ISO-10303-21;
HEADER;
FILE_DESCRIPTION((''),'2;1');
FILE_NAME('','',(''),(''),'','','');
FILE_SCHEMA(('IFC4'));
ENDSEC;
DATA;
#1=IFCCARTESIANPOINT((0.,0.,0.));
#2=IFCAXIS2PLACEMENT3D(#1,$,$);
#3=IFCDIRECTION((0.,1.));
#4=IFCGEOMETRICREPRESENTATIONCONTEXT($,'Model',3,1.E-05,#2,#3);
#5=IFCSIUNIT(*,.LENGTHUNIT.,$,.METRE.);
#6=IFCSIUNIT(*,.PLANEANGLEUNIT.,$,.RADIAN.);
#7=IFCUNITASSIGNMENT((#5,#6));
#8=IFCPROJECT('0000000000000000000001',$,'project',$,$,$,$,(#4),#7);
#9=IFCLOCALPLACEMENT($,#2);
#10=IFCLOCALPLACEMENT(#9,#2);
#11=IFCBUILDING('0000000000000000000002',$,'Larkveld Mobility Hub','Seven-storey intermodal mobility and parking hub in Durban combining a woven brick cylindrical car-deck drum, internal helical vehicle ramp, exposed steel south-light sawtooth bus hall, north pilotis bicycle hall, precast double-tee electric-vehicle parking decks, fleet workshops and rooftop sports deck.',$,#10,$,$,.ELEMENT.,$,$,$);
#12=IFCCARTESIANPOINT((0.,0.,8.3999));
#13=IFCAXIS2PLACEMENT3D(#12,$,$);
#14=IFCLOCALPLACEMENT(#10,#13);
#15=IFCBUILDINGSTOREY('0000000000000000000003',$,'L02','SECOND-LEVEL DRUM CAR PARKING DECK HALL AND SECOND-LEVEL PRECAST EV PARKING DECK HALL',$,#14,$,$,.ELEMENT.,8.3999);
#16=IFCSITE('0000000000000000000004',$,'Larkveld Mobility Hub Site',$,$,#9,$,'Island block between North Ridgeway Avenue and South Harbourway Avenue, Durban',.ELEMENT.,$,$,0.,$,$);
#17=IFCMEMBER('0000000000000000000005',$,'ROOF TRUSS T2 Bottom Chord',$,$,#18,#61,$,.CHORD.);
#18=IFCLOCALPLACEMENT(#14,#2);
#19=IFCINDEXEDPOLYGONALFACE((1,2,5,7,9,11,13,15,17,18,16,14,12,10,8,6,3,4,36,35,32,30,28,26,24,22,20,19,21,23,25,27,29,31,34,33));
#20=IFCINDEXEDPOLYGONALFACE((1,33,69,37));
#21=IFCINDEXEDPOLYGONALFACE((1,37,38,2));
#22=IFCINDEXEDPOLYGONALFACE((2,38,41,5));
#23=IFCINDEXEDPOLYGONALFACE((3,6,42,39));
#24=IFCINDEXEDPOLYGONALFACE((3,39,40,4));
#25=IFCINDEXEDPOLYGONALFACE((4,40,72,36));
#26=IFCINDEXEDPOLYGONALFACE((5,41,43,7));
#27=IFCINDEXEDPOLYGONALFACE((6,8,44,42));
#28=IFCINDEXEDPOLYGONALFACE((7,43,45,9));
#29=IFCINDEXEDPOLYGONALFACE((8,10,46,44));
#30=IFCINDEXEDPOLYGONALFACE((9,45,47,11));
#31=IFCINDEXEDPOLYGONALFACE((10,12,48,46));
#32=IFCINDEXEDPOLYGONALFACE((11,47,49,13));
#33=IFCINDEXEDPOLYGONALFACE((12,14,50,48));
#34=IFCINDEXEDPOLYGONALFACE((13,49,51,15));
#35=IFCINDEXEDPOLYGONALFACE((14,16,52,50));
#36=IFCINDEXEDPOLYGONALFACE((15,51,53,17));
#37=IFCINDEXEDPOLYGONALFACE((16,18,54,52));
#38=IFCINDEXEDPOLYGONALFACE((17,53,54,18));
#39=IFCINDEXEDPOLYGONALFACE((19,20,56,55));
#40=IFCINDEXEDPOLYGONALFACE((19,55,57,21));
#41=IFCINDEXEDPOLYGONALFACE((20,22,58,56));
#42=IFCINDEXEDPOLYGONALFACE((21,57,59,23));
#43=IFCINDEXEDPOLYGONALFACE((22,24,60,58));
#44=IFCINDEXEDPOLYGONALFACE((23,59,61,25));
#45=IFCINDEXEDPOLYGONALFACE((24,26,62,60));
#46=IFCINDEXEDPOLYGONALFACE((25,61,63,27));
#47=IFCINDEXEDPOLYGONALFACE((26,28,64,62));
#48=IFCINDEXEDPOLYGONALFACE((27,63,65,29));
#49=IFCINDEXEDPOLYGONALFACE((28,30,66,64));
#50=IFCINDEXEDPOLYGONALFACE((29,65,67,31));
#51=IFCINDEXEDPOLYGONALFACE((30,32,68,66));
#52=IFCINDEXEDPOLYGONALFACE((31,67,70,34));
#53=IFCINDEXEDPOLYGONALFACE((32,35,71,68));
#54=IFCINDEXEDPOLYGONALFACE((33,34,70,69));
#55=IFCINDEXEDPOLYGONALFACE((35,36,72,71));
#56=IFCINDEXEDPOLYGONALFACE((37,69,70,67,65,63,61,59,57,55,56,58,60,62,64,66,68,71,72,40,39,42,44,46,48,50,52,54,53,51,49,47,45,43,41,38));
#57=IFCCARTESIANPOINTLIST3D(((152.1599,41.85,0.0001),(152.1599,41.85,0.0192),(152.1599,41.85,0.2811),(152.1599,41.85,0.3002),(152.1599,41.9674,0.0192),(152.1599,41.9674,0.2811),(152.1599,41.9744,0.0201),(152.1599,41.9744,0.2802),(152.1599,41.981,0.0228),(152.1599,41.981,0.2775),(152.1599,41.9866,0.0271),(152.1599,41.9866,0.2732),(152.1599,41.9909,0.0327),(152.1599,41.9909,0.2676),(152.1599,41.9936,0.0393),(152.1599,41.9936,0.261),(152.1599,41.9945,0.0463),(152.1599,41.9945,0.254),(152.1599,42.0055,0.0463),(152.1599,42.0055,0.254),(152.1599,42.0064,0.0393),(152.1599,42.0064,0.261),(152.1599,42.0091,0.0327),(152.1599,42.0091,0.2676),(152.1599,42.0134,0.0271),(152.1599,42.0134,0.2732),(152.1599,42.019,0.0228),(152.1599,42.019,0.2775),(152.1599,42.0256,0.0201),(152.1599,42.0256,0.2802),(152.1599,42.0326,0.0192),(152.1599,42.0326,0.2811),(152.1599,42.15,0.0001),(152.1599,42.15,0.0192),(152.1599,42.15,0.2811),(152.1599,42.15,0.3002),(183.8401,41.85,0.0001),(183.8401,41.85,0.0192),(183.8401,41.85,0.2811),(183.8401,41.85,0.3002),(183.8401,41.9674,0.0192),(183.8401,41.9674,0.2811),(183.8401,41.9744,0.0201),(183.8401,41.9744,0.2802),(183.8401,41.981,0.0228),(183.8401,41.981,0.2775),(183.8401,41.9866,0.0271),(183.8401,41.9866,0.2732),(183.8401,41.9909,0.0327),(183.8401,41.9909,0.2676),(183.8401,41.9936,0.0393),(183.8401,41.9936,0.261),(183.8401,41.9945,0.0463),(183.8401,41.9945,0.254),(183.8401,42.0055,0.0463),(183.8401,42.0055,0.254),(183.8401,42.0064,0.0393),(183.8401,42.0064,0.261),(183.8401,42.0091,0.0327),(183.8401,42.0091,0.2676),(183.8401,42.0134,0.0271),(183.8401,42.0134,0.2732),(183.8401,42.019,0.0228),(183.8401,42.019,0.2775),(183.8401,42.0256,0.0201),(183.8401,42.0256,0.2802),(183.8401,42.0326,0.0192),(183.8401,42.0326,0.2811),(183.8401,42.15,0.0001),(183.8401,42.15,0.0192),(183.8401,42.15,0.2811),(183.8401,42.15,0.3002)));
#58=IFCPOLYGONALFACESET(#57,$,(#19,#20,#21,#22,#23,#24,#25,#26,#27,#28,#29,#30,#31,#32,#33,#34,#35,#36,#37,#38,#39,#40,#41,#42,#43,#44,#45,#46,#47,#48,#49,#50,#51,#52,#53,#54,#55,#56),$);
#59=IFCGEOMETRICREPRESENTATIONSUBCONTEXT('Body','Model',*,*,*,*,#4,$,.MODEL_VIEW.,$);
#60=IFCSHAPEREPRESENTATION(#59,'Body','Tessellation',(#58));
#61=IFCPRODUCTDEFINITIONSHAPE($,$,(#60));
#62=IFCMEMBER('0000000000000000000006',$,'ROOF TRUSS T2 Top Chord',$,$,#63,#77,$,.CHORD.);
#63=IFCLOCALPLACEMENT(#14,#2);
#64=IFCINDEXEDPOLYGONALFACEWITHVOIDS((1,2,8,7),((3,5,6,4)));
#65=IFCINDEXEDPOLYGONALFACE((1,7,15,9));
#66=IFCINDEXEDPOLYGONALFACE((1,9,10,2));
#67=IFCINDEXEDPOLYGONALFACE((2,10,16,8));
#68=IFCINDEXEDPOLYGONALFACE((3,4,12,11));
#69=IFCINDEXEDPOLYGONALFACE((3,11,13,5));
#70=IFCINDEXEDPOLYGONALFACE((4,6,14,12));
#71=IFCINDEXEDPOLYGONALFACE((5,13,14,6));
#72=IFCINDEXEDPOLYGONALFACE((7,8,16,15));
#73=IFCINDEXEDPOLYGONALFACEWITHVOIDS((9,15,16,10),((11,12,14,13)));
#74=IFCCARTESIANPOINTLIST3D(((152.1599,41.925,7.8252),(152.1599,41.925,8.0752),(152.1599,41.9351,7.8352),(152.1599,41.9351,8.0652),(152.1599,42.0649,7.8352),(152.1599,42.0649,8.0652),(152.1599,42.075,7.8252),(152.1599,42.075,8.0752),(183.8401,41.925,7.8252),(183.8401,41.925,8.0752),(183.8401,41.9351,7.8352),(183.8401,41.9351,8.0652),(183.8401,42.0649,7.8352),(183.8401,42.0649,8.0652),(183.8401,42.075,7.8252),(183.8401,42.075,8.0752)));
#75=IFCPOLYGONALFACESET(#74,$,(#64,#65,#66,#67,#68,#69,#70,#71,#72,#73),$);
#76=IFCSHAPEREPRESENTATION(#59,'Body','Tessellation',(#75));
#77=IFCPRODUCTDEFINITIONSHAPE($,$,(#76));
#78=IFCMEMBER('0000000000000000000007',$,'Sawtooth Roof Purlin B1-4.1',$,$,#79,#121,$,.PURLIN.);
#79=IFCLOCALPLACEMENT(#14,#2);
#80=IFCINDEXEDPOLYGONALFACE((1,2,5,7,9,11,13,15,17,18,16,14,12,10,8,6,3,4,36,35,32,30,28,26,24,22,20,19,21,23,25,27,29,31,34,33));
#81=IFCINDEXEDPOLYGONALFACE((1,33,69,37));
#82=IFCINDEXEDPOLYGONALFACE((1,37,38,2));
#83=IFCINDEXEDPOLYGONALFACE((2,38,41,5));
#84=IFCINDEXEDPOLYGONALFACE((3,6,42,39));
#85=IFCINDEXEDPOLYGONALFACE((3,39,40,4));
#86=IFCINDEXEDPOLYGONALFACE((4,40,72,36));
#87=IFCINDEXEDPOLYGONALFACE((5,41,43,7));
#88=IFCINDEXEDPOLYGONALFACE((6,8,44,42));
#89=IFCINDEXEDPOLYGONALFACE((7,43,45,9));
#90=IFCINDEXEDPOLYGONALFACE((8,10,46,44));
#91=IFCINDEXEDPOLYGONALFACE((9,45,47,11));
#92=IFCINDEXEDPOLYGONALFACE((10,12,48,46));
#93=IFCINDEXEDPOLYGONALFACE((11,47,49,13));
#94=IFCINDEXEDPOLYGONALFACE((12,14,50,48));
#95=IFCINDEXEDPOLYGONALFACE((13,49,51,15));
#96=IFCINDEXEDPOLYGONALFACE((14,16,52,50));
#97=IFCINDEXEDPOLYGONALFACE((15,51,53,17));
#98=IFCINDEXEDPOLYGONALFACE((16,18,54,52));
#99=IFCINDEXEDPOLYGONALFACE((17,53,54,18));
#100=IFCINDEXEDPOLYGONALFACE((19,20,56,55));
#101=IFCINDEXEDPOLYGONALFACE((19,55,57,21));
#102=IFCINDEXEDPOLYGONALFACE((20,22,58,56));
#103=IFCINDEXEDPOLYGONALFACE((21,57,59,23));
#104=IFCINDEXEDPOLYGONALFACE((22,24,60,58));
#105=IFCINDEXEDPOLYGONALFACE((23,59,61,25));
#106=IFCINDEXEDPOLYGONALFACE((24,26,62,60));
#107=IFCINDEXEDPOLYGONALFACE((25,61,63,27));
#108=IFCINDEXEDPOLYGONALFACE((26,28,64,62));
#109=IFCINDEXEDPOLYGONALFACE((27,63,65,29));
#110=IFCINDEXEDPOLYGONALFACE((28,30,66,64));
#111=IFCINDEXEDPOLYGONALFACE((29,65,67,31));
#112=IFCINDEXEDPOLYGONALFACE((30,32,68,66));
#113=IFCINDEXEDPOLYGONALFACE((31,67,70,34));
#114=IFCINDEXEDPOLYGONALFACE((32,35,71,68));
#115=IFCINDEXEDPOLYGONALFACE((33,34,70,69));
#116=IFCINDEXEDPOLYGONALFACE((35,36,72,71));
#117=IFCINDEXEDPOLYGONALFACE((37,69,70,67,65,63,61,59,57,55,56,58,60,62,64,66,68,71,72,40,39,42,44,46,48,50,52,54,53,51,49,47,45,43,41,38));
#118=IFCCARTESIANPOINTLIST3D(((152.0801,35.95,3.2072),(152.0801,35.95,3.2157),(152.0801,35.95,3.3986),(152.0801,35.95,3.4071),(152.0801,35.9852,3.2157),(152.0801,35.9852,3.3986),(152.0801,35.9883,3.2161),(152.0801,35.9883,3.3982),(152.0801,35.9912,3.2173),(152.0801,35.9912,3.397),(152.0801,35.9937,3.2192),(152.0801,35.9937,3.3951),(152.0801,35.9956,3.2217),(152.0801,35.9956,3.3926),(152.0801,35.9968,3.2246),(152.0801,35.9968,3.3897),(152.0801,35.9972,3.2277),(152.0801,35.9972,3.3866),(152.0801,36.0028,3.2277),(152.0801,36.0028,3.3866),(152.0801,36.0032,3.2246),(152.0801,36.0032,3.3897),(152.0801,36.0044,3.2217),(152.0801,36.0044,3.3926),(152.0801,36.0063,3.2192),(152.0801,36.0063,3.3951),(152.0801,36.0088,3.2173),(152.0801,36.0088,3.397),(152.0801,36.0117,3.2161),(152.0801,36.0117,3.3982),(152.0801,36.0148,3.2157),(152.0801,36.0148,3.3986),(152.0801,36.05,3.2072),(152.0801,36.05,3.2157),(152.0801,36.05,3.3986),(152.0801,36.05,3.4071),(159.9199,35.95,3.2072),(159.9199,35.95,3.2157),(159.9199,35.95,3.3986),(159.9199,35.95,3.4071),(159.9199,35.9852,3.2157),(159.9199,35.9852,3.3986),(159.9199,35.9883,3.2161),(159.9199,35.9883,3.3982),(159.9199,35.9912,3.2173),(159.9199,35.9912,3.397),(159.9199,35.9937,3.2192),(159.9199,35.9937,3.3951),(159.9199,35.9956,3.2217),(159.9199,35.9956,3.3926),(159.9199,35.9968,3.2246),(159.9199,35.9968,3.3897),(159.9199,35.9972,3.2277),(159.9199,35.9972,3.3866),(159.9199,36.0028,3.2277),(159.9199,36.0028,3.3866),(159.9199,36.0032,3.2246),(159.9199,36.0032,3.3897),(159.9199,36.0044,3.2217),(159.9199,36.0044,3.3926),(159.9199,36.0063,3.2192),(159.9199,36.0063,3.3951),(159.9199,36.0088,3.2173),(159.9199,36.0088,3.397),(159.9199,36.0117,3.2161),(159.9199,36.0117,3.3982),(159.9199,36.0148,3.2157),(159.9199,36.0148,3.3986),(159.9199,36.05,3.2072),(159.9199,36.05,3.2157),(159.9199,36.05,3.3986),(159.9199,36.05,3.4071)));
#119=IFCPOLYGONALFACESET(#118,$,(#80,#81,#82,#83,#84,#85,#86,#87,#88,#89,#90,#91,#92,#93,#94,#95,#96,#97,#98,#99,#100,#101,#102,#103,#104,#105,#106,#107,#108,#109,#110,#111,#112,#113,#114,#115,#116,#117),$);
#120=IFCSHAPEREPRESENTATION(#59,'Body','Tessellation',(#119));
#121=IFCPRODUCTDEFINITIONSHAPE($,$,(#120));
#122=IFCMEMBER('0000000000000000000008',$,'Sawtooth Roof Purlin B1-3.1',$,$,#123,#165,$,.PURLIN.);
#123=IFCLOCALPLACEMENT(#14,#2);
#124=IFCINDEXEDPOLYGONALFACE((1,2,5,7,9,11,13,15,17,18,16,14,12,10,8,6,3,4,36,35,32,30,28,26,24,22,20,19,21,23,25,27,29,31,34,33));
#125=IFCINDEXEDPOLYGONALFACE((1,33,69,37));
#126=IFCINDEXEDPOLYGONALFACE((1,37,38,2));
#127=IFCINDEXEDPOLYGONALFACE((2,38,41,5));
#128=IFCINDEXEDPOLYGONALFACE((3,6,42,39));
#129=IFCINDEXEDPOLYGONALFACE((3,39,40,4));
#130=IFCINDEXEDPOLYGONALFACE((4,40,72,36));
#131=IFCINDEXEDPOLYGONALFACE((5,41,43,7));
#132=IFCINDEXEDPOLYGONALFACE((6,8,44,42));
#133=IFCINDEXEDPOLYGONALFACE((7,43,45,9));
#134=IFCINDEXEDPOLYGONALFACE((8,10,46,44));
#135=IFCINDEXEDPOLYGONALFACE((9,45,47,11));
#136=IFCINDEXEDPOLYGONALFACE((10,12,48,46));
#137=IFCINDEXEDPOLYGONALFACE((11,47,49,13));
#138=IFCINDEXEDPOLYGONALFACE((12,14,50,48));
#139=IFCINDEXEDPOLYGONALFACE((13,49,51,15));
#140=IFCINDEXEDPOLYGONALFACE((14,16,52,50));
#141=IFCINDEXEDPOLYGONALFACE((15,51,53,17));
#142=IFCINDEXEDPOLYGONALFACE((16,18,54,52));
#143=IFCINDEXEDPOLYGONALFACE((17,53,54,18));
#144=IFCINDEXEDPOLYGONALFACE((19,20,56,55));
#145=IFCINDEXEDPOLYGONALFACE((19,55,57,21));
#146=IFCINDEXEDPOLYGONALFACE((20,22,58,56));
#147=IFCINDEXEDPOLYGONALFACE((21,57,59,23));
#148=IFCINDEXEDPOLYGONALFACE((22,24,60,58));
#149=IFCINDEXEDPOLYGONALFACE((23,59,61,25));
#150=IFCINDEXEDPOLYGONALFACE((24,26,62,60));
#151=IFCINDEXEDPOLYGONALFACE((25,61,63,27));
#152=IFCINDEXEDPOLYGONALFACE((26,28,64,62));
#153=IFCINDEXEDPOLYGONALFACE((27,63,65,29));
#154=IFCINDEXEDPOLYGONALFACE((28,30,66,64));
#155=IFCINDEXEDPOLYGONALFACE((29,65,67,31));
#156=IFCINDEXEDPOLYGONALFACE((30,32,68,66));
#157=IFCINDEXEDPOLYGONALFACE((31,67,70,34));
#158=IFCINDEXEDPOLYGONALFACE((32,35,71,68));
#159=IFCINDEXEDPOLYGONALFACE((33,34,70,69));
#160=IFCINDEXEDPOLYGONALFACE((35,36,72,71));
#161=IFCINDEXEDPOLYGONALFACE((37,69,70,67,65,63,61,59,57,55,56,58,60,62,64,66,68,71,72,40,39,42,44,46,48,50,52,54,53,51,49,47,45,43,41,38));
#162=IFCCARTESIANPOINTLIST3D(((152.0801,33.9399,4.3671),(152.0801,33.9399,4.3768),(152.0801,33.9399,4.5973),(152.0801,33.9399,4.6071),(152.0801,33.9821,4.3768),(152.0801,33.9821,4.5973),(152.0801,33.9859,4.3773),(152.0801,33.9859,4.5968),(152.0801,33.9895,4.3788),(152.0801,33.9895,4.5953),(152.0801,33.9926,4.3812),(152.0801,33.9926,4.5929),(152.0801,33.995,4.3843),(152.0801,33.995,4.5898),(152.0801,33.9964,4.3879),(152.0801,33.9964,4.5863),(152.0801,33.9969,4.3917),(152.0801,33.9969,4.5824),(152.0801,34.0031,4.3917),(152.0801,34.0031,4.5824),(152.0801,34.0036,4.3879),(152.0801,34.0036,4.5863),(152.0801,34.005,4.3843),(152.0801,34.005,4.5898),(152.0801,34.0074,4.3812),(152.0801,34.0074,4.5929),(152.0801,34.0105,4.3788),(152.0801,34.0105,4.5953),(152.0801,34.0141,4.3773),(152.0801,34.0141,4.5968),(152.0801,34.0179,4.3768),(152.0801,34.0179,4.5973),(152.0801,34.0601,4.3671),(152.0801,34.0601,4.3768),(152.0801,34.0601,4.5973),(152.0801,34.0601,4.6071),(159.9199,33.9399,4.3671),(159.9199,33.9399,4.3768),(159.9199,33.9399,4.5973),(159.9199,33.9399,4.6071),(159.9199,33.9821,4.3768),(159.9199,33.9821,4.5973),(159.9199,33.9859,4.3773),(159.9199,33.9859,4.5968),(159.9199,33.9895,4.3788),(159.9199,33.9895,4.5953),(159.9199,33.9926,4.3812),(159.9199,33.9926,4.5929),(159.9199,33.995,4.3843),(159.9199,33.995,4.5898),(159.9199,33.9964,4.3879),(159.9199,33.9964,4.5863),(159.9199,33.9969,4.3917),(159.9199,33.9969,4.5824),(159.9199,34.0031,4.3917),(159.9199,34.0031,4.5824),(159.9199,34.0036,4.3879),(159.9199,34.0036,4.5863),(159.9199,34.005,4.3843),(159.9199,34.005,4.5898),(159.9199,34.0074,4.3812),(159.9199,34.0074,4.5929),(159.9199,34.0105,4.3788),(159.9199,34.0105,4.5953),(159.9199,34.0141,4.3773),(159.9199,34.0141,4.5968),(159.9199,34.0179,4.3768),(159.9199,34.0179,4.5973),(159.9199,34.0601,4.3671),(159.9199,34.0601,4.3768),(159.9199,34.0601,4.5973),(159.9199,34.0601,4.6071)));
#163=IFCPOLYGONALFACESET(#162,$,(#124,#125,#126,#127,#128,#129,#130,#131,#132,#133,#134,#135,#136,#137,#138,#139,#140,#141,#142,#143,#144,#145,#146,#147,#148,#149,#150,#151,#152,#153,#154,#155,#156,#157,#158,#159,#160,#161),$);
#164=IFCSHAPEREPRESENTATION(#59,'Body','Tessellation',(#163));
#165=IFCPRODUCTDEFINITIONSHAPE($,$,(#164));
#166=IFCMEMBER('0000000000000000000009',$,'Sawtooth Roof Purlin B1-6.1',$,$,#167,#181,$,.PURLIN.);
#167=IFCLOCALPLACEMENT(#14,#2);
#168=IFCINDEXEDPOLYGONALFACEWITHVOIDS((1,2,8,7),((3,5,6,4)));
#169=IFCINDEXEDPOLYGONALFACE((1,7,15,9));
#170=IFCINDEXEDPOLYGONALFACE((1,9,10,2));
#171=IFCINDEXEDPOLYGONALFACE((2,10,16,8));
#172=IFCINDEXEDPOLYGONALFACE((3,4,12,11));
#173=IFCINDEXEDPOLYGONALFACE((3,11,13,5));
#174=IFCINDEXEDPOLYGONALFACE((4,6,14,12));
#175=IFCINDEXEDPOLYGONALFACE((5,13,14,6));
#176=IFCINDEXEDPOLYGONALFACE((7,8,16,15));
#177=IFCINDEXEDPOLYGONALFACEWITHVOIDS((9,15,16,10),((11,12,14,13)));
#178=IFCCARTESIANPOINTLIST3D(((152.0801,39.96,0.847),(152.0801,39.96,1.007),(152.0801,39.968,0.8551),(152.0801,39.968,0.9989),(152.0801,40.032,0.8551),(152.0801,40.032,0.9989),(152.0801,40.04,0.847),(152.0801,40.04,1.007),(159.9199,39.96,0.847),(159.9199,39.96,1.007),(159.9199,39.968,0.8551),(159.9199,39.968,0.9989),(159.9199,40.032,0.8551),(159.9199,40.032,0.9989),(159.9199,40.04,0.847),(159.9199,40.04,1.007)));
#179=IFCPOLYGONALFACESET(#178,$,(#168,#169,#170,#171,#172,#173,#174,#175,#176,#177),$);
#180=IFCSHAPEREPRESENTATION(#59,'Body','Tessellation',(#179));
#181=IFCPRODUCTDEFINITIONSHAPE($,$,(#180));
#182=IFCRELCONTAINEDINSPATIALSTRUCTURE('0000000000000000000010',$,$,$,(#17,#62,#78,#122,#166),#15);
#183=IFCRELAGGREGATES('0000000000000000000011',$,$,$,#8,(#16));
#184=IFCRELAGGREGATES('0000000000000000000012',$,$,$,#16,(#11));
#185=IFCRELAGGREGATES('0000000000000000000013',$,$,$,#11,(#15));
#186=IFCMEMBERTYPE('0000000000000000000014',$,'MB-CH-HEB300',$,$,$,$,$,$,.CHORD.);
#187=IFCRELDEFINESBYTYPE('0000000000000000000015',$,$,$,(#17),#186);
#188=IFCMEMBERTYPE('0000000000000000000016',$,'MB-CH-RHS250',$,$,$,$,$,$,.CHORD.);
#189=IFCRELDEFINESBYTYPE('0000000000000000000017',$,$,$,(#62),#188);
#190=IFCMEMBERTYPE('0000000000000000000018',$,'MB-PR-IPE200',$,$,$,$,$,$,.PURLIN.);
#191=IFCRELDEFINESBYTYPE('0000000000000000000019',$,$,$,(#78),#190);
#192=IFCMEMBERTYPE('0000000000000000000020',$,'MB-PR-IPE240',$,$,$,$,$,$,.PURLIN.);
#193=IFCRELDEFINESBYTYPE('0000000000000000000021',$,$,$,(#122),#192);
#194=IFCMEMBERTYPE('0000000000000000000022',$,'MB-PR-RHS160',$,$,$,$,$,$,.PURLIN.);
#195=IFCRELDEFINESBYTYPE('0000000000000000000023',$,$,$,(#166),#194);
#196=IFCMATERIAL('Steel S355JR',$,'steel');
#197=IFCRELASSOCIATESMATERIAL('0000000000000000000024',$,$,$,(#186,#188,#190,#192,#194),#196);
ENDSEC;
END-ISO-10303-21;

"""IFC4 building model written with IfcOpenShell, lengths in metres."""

from ifc_helpers import new_model, si_unit, direction, frame, origin, origin_2d, place, context, subcontext, project, spatial, hollow_rectangle, i_section, extrude, material, material_profile, profile_set, type_object, element, save


model = new_model("IFC4")

# Units and contexts
model_context = context("Model", 3, precision=1e-05, world=origin(), true_north=direction((0.0, 1.0)))
body_context = subcontext(model_context, "Body", "Model", "MODEL_VIEW")
ifc_project = project(units=[si_unit("LENGTHUNIT", "METRE"), si_unit("PLANEANGLEUNIT", "RADIAN")], contexts=[model_context])

# Site, building, storey
site_placement = place(None, origin())
site = spatial("IfcSite", under=ifc_project, at=site_placement, Name="Larkveld Mobility Hub Site", LongName="Island block between North Ridgeway Avenue and South Harbourway Avenue, Durban", CompositionType="ELEMENT", RefElevation=0.0)
building_placement = place(site_placement, origin())
building = spatial("IfcBuilding", under=site, at=building_placement, Name="Larkveld Mobility Hub", Description="Seven-storey intermodal mobility and parking hub in Durban combining a woven brick cylindrical car-deck drum, internal helical vehicle ramp, exposed steel south-light sawtooth bus hall, north pilotis bicycle hall, precast double-tee electric-vehicle parking decks, fleet workshops and rooftop sports deck.", CompositionType="ELEMENT")
storey_placement = place(building_placement, frame((0.0, 0.0, 8.3999)))
storey = spatial("IfcBuildingStorey", under=building, at=storey_placement, Name="L02", Description="SECOND-LEVEL DRUM CAR PARKING DECK HALL AND SECOND-LEVEL PRECAST EV PARKING DECK HALL", CompositionType="ELEMENT", Elevation=8.3999)

# Shared definitions
ifc_material_1 = material(Name="Steel S355JR", Category="steel")

# Members
ifc_material_profile_1 = material_profile(ifc_material_1, i_section(OverallWidth=0.3, OverallDepth=0.3, WebThickness=0.011, FlangeThickness=0.019, FilletRadius=0.0271, at=origin_2d()), Name="HEB 300")
ifc_profile_set_1 = profile_set([ifc_material_profile_1], Name="Steel S355JR")
member_type_1 = type_object("IfcMemberType", Name="MB-CH-HEB300", PredefinedType="CHORD", material=ifc_profile_set_1)
member_1_placement = place(storey_placement, frame((152.1599, 42.0, 0.1501), z_axis=(1.0, 0.0, 0.0), x_axis=(0.0, 1.0, 0.0)))
element("IfcMember", 1, at=member_1_placement, inside=storey, type_object=member_type_1, Name="ROOF TRUSS T2 Bottom Chord", PredefinedType="CHORD", context=body_context, shape_type="SweptSolid", body=[
    extrude(i_section(OverallWidth=0.3, OverallDepth=0.3, WebThickness=0.011, FlangeThickness=0.019, FilletRadius=0.0271, at=origin_2d()), origin(), (0.0, 0.0, 1.0), 31.6802),
])
ifc_material_profile_2 = material_profile(ifc_material_1, hollow_rectangle(XDim=0.1499, YDim=0.25, WallThickness=0.01, at=origin_2d()), Name="RHS 250x150x10")
ifc_profile_set_2 = profile_set([ifc_material_profile_2], Name="Steel S355JR")
member_type_2 = type_object("IfcMemberType", Name="MB-CH-RHS250", PredefinedType="CHORD", material=ifc_profile_set_2)
member_2_placement = place(storey_placement, frame((152.1599, 42.0, 7.9502), z_axis=(1.0, 0.0, 0.0), x_axis=(0.0, 1.0, 0.0)))
element("IfcMember", 2, at=member_2_placement, inside=storey, type_object=member_type_2, Name="ROOF TRUSS T2 Top Chord", PredefinedType="CHORD", context=body_context, shape_type="SweptSolid", body=[
    extrude(hollow_rectangle(XDim=0.1499, YDim=0.25, WallThickness=0.01, at=origin_2d()), origin(), (0.0, 0.0, 1.0), 31.6802),
])
ifc_material_profile_3 = material_profile(ifc_material_1, i_section(OverallWidth=0.1001, OverallDepth=0.2, WebThickness=0.0056, FlangeThickness=0.0085, FilletRadius=0.012, at=origin_2d()), Name="IPE 200")
ifc_profile_set_3 = profile_set([ifc_material_profile_3], Name="Steel S355JR")
member_type_3 = type_object("IfcMemberType", Name="MB-PR-IPE200", PredefinedType="PURLIN", material=ifc_profile_set_3)
member_3_placement = place(storey_placement, frame((152.0801, 36.0, 3.3071), z_axis=(1.0, 0.0, 0.0), x_axis=(0.0, 1.0, 0.0)))
element("IfcMember", 3, at=member_3_placement, inside=storey, type_object=member_type_3, Name="Sawtooth Roof Purlin B1-4.1", PredefinedType="PURLIN", context=body_context, shape_type="SweptSolid", body=[
    extrude(i_section(OverallWidth=0.1001, OverallDepth=0.2, WebThickness=0.0056, FlangeThickness=0.0085, FilletRadius=0.012, at=origin_2d()), origin(), (0.0, 0.0, 1.0), 7.8398),
])
ifc_material_profile_4 = material_profile(ifc_material_1, i_section(OverallWidth=0.1201, OverallDepth=0.24, WebThickness=0.0061, FlangeThickness=0.0098, FilletRadius=0.0149, at=origin_2d()), Name="IPE 240")
ifc_profile_set_4 = profile_set([ifc_material_profile_4], Name="Steel S355JR")
member_type_4 = type_object("IfcMemberType", Name="MB-PR-IPE240", PredefinedType="PURLIN", material=ifc_profile_set_4)
member_4_placement = place(storey_placement, frame((152.0801, 34.0, 4.4871), z_axis=(1.0, 0.0, 0.0), x_axis=(0.0, 1.0, 0.0)))
element("IfcMember", 4, at=member_4_placement, inside=storey, type_object=member_type_4, Name="Sawtooth Roof Purlin B1-3.1", PredefinedType="PURLIN", context=body_context, shape_type="SweptSolid", body=[
    extrude(i_section(OverallWidth=0.1201, OverallDepth=0.24, WebThickness=0.0061, FlangeThickness=0.0098, FilletRadius=0.0149, at=origin_2d()), origin(), (0.0, 0.0, 1.0), 7.8398),
])
ifc_material_profile_5 = material_profile(ifc_material_1, hollow_rectangle(XDim=0.0801, YDim=0.1599, WallThickness=0.0081, at=origin_2d()), Name="RHS 160x80x8")
ifc_profile_set_5 = profile_set([ifc_material_profile_5], Name="Steel S355JR")
member_type_5 = type_object("IfcMemberType", Name="MB-PR-RHS160", PredefinedType="PURLIN", material=ifc_profile_set_5)
member_5_placement = place(storey_placement, frame((152.0801, 40.0, 0.927), z_axis=(1.0, 0.0, 0.0), x_axis=(0.0, 1.0, 0.0)))
element("IfcMember", 5, at=member_5_placement, inside=storey, type_object=member_type_5, Name="Sawtooth Roof Purlin B1-6.1", PredefinedType="PURLIN", context=body_context, shape_type="SweptSolid", body=[
    extrude(hollow_rectangle(XDim=0.0801, YDim=0.1599, WallThickness=0.0081, at=origin_2d()), origin(), (0.0, 0.0, 1.0), 7.8398),
])

save(model, "model.ifc")
